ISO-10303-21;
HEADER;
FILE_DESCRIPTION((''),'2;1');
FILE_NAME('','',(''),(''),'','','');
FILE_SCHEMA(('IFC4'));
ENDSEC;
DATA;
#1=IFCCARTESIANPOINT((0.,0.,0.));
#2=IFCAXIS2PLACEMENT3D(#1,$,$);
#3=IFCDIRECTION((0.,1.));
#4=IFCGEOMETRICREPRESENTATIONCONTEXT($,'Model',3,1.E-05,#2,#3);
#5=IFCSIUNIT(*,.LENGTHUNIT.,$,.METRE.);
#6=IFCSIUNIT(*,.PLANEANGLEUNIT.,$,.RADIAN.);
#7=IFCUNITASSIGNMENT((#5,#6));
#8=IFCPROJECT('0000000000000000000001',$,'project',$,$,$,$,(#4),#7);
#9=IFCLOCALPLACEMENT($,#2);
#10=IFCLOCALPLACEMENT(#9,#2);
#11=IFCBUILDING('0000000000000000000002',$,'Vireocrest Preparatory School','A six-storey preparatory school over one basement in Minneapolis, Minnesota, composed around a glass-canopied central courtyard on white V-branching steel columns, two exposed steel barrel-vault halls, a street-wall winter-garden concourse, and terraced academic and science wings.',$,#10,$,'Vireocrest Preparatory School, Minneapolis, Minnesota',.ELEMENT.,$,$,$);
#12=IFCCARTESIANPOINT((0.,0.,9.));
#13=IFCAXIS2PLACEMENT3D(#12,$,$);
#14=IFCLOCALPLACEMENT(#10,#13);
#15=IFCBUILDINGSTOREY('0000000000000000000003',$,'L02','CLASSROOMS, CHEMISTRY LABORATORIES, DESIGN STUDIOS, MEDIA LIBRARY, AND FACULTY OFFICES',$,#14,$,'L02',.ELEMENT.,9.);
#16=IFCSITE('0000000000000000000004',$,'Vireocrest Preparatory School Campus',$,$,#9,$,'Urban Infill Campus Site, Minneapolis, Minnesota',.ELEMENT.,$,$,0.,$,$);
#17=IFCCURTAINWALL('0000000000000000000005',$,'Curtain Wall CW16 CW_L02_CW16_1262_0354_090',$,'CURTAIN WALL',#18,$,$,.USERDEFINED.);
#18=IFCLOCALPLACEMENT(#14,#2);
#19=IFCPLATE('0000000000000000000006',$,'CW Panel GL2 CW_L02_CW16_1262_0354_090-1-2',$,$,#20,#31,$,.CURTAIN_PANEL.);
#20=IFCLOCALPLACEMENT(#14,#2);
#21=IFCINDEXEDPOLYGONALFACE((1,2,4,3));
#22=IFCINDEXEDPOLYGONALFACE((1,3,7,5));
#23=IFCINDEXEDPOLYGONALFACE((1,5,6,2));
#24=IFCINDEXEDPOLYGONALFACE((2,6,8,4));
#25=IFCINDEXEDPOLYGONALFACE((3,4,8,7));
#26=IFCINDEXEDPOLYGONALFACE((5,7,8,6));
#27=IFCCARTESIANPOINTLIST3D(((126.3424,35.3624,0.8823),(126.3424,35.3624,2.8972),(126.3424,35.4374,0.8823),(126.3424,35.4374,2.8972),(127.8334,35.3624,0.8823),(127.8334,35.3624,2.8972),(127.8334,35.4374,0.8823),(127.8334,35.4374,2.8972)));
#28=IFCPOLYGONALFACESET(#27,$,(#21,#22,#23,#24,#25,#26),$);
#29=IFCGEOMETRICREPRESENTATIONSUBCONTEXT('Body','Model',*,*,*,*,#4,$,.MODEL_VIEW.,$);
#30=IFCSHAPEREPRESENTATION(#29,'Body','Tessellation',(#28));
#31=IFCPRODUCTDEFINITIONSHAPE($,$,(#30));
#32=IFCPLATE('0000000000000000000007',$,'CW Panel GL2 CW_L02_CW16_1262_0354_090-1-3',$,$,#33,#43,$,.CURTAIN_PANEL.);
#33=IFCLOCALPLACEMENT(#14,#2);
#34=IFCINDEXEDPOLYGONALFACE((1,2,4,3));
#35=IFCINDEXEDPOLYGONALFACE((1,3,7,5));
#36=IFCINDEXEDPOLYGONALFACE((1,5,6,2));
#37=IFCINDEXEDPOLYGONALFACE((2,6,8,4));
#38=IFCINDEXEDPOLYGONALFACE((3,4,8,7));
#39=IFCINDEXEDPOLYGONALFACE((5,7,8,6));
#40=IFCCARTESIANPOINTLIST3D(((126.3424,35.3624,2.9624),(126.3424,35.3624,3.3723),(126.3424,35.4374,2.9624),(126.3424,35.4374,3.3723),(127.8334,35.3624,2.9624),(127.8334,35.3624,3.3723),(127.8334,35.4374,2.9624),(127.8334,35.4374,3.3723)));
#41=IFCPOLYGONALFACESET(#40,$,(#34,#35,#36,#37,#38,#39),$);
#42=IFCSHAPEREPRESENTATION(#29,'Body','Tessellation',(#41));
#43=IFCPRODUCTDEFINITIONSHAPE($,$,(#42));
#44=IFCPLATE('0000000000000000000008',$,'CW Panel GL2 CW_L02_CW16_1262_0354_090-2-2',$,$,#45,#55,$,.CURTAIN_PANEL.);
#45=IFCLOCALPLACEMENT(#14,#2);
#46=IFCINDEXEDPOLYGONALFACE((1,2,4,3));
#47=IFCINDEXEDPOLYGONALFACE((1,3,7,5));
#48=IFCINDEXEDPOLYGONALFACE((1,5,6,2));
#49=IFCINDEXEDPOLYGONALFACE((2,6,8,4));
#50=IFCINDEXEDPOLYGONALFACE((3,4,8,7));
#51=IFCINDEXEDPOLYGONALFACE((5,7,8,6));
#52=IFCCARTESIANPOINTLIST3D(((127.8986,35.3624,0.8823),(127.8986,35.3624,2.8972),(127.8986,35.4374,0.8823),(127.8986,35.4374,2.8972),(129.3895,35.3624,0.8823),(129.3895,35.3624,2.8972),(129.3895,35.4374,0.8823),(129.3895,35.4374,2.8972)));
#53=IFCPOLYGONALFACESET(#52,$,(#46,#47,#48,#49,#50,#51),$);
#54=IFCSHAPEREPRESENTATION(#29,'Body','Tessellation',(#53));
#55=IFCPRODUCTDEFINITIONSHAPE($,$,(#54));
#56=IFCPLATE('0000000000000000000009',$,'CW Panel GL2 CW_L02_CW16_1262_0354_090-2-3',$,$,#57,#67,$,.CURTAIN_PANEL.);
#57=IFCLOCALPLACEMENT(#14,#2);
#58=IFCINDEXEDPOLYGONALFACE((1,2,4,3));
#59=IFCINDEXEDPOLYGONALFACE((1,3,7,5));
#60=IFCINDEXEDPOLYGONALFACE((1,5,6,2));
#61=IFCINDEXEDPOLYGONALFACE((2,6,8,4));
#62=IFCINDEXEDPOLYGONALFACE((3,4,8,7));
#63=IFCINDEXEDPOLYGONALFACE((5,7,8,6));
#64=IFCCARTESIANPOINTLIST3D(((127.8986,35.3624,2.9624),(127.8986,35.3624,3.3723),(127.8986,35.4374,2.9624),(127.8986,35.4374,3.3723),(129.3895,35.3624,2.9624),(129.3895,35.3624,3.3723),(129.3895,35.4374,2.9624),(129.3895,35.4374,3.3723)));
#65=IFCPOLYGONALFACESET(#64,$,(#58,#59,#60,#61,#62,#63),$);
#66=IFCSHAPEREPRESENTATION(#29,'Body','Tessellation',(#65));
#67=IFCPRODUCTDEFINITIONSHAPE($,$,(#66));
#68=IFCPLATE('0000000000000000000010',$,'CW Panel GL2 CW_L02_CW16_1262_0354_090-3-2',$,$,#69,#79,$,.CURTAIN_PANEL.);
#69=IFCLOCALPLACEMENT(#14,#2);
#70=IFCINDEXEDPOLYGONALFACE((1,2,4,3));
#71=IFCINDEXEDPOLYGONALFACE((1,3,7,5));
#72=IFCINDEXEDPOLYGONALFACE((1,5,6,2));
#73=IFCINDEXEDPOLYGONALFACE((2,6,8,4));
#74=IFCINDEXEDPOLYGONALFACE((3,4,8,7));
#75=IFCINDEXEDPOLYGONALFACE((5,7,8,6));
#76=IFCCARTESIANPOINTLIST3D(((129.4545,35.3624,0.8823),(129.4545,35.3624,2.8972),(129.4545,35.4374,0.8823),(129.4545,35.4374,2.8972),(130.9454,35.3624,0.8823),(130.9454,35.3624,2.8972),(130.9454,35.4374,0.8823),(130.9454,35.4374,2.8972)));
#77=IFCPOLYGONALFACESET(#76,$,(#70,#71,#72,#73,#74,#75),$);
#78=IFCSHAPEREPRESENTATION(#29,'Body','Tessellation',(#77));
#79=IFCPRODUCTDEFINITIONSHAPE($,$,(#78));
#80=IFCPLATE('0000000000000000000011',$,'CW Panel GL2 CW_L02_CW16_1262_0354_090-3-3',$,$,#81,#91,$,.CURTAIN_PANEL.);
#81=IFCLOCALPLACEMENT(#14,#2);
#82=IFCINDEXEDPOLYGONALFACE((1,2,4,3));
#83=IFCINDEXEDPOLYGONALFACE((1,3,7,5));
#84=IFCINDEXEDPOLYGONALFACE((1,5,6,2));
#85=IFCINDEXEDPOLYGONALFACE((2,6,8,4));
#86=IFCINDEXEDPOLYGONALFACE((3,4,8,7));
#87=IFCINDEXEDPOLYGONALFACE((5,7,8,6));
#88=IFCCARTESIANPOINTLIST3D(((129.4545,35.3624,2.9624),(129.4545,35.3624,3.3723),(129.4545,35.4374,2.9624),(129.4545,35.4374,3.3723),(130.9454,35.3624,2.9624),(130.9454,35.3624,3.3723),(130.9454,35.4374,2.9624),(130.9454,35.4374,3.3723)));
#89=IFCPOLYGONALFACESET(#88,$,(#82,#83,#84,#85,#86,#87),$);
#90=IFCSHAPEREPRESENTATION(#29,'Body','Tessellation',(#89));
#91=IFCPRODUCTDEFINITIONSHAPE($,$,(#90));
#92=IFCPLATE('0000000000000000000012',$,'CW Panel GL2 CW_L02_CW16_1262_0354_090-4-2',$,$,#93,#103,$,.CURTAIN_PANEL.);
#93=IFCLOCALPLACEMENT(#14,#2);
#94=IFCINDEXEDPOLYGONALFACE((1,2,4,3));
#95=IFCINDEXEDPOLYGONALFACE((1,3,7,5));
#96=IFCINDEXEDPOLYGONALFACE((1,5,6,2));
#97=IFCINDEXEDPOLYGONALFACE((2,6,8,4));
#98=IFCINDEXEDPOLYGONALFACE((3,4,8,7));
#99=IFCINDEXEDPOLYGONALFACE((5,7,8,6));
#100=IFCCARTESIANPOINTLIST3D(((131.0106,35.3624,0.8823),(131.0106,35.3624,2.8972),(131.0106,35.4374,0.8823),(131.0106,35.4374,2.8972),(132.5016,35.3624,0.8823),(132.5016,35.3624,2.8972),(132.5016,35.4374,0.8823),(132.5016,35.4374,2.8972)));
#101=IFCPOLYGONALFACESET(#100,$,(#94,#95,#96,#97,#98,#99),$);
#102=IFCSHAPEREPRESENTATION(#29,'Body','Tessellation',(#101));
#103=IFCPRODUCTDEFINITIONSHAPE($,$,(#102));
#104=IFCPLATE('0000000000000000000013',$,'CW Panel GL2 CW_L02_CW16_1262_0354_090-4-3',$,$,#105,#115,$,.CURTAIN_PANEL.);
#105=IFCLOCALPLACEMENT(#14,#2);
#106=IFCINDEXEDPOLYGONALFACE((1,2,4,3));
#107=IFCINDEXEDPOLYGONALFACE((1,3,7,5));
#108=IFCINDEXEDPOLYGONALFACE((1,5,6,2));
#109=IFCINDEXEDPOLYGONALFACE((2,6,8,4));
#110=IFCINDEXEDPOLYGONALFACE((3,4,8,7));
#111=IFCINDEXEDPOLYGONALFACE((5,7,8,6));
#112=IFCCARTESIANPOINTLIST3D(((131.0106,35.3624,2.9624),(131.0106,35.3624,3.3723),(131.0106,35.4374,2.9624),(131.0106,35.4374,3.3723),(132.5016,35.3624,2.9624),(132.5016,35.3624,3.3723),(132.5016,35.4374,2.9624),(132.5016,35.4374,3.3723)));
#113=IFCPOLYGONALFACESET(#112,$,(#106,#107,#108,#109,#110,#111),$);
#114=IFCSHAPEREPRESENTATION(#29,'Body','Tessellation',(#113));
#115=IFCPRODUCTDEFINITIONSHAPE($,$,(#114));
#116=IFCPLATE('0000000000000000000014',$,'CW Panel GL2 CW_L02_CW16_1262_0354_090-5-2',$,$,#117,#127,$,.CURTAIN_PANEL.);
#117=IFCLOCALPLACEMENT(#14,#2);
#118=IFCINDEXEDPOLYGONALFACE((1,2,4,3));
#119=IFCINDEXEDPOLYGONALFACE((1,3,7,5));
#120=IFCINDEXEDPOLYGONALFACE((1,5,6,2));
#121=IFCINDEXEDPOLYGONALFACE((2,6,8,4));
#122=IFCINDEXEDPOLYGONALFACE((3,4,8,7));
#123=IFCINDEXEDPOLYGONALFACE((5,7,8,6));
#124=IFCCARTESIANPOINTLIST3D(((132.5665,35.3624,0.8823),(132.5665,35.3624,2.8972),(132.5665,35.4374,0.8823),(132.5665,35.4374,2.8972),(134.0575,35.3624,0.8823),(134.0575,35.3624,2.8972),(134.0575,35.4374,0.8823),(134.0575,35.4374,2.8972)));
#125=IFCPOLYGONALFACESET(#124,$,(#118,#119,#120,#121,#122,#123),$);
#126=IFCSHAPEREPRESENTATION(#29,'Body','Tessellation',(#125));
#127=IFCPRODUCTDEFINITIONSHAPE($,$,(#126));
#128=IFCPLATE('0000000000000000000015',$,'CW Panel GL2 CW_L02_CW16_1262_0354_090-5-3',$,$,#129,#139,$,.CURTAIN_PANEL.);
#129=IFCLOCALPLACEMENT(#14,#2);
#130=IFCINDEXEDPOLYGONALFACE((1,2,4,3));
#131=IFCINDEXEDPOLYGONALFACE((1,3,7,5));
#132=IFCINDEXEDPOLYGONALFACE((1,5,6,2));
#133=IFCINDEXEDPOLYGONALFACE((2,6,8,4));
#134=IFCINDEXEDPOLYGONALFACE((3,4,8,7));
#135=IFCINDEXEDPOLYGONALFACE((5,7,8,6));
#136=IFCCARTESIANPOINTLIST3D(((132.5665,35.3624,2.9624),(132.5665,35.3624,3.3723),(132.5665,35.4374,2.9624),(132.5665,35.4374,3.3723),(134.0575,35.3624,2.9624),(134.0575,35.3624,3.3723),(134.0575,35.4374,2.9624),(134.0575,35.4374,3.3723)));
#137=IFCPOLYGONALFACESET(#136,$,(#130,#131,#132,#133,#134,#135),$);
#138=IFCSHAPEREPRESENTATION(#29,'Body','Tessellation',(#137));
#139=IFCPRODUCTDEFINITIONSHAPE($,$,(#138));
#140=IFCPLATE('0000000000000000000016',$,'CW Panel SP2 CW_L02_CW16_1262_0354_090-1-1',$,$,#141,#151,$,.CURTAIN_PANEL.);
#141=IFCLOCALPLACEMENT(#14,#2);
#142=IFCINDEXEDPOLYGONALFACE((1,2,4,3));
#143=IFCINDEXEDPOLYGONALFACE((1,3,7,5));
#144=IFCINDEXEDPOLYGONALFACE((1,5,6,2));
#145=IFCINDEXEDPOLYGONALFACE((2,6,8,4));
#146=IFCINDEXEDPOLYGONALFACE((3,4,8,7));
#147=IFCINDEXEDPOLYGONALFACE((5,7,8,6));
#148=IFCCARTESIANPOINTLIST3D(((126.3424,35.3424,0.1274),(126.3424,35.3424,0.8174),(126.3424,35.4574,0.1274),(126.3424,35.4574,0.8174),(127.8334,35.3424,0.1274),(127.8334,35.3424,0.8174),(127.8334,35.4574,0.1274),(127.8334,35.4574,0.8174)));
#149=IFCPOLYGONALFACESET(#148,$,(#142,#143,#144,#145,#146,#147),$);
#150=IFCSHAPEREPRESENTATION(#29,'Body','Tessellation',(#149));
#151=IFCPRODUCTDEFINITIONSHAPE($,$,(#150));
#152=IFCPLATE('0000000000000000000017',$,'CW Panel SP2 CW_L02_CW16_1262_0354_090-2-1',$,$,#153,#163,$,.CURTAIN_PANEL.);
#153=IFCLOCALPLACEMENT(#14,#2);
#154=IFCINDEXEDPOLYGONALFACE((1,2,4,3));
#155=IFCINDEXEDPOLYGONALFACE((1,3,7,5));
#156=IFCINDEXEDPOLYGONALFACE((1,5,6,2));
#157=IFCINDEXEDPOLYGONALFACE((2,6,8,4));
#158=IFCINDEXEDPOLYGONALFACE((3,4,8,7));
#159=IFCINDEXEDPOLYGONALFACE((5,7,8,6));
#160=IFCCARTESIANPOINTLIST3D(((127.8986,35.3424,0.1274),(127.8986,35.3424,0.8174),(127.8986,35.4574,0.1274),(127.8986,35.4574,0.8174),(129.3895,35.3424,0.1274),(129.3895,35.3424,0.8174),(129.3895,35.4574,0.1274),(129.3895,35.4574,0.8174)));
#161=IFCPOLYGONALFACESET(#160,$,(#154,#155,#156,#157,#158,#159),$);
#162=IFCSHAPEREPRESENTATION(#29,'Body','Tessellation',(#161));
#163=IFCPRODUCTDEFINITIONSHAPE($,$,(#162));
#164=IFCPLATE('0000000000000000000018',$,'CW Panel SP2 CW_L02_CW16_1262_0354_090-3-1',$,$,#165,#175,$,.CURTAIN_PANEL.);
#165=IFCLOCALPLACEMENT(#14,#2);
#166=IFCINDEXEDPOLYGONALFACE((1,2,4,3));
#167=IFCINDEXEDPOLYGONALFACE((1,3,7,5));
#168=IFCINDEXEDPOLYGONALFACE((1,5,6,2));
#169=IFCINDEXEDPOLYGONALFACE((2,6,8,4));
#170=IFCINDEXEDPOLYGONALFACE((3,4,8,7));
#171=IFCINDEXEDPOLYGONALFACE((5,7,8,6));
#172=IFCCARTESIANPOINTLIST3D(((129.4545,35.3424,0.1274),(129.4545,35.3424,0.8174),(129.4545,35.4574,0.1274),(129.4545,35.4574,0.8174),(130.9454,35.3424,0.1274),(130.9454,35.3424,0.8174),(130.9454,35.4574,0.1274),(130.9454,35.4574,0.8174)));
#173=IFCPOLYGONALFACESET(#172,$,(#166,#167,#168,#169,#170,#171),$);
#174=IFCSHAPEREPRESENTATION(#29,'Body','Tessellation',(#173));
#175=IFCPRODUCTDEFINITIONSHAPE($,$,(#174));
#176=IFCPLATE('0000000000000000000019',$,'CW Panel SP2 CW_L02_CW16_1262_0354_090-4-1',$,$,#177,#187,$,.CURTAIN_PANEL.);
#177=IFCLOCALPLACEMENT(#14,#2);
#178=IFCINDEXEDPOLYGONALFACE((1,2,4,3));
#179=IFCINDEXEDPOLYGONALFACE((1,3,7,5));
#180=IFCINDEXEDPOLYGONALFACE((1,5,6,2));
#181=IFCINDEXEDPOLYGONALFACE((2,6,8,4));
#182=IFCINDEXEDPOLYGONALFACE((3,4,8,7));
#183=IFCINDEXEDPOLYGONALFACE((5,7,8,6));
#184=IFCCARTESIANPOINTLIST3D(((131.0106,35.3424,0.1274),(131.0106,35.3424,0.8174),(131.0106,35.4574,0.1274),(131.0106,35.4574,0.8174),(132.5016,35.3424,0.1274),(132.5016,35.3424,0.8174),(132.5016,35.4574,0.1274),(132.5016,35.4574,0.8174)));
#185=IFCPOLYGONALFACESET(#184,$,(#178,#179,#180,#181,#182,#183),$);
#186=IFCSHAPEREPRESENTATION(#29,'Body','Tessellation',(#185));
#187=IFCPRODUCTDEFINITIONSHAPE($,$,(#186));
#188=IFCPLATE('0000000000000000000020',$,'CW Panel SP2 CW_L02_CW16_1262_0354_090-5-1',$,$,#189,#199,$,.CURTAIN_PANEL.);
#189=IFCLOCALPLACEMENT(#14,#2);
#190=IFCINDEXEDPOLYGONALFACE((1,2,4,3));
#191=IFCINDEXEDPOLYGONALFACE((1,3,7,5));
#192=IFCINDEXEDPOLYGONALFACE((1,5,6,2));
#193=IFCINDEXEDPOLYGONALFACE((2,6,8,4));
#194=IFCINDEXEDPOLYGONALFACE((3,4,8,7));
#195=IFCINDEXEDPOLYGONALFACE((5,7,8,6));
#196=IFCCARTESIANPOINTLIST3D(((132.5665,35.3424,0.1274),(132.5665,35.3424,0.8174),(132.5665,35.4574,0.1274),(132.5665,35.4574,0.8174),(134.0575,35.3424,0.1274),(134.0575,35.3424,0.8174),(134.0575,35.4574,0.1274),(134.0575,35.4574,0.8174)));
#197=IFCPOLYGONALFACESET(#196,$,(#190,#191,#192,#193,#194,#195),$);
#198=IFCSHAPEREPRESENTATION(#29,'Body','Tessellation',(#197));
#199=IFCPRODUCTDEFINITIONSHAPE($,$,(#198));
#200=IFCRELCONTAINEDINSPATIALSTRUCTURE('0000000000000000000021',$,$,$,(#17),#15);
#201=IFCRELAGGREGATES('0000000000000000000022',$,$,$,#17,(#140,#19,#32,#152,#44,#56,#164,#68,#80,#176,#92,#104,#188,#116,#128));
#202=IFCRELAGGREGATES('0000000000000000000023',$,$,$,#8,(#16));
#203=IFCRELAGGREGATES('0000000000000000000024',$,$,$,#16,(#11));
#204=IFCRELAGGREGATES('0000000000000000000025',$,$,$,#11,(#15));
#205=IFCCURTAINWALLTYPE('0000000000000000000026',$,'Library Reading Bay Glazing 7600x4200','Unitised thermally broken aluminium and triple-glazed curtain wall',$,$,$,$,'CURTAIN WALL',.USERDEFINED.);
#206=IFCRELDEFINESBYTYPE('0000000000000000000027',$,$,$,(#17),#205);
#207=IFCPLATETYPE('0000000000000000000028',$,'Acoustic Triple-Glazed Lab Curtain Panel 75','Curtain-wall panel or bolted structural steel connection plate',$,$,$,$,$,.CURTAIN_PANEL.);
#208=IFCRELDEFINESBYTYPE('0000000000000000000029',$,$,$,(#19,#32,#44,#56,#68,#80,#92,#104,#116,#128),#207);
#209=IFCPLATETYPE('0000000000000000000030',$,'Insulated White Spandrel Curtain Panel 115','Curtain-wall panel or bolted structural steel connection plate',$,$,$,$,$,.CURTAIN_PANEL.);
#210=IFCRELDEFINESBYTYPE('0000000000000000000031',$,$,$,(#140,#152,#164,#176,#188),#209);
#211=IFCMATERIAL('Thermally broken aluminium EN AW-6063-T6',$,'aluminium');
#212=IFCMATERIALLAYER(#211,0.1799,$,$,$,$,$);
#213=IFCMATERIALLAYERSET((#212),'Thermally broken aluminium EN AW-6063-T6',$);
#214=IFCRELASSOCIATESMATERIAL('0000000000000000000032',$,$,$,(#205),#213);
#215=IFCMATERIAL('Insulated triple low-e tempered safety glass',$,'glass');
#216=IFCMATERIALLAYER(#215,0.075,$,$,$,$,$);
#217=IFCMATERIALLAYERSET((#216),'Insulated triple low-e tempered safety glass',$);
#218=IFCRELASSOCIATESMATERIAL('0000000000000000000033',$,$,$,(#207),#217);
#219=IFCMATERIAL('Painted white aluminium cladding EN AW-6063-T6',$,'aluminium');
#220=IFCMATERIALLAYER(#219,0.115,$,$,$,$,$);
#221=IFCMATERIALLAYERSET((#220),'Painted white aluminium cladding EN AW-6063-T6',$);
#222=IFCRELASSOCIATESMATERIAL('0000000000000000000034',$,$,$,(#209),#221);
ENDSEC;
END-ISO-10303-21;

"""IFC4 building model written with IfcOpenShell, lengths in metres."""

from ifc_helpers import new_model, si_unit, direction, frame, origin, origin_2d, place, context, subcontext, project, spatial, rectangle, extrude, material, layer, layer_set, type_object, element, aggregate, save


model = new_model("IFC4")

# Units and contexts
model_context = context("Model", 3, precision=1e-05, world=origin(), true_north=direction((0.0, 1.0)))
body_context = subcontext(model_context, "Body", "Model", "MODEL_VIEW")
ifc_project = project(units=[si_unit("LENGTHUNIT", "METRE"), si_unit("PLANEANGLEUNIT", "RADIAN")], contexts=[model_context])

# Site, building, storey
site_placement = place(None, origin())
site = spatial("IfcSite", under=ifc_project, at=site_placement, Name="Vireocrest Preparatory School Campus", LongName="Urban Infill Campus Site, Minneapolis, Minnesota", CompositionType="ELEMENT", RefElevation=0.0)
building_placement = place(site_placement, origin())
building = spatial("IfcBuilding", under=site, at=building_placement, Name="Vireocrest Preparatory School", Description="A six-storey preparatory school over one basement in Minneapolis, Minnesota, composed around a glass-canopied central courtyard on white V-branching steel columns, two exposed steel barrel-vault halls, a street-wall winter-garden concourse, and terraced academic and science wings.", LongName="Vireocrest Preparatory School, Minneapolis, Minnesota", CompositionType="ELEMENT")
storey_placement = place(building_placement, frame((0.0, 0.0, 9.0)))
storey = spatial("IfcBuildingStorey", under=building, at=storey_placement, Name="L02", Description="CLASSROOMS, CHEMISTRY LABORATORIES, DESIGN STUDIOS, MEDIA LIBRARY, AND FACULTY OFFICES", LongName="L02", CompositionType="ELEMENT", Elevation=9.0)

# Curtain wall
ifc_material_1 = material(Name="Thermally broken aluminium EN AW-6063-T6", Category="aluminium")
ifc_layer_1 = layer(ifc_material_1, 0.1799)
ifc_layer_set_1 = layer_set([ifc_layer_1], Name="Thermally broken aluminium EN AW-6063-T6")
curtain_wall_type = type_object("IfcCurtainWallType", Name="Library Reading Bay Glazing 7600x4200", Description="Unitised thermally broken aluminium and triple-glazed curtain wall", ElementType="CURTAIN WALL", PredefinedType="USERDEFINED", material=ifc_layer_set_1)
curtain_wall_placement = place(storey_placement, origin())
curtain_wall = element("IfcCurtainWall", 1, at=curtain_wall_placement, inside=storey, type_object=curtain_wall_type, Name="Curtain Wall CW16 CW_L02_CW16_1262_0354_090", ObjectType="CURTAIN WALL", PredefinedType="USERDEFINED")

# Plates
ifc_material_2 = material(Name="Insulated triple low-e tempered safety glass", Category="glass")
ifc_layer_2 = layer(ifc_material_2, 0.075)
ifc_layer_set_2 = layer_set([ifc_layer_2], Name="Insulated triple low-e tempered safety glass")
plate_type_1 = type_object("IfcPlateType", Name="Acoustic Triple-Glazed Lab Curtain Panel 75", Description="Curtain-wall panel or bolted structural steel connection plate", PredefinedType="CURTAIN_PANEL", material=ifc_layer_set_2)
plate_1_placement = place(storey_placement, frame((127.0879, 35.3999, 0.8823), z_axis=(0.0, 0.0, 1.0), x_axis=(1.0, 0.0, 0.0)))
plate_1 = element("IfcPlate", 2, at=plate_1_placement, type_object=plate_type_1, Name="CW Panel GL2 CW_L02_CW16_1262_0354_090-1-2", PredefinedType="CURTAIN_PANEL", context=body_context, shape_type="SweptSolid", body=[
    extrude(rectangle(XDim=1.491, YDim=0.075, at=origin_2d()), origin(), (0.0, 0.0, 1.0), 2.0149),
])
plate_2_placement = place(storey_placement, frame((127.0879, 35.3999, 2.9624), z_axis=(0.0, 0.0, 1.0), x_axis=(1.0, 0.0, 0.0)))
plate_2 = element("IfcPlate", 3, at=plate_2_placement, type_object=plate_type_1, Name="CW Panel GL2 CW_L02_CW16_1262_0354_090-1-3", PredefinedType="CURTAIN_PANEL", context=body_context, shape_type="SweptSolid", body=[
    extrude(rectangle(XDim=1.491, YDim=0.075, at=origin_2d()), origin(), (0.0, 0.0, 1.0), 0.4099),
])
plate_3_placement = place(storey_placement, frame((128.644, 35.3999, 0.8823), z_axis=(0.0, 0.0, 1.0), x_axis=(1.0, 0.0, 0.0)))
plate_3 = element("IfcPlate", 4, at=plate_3_placement, type_object=plate_type_1, Name="CW Panel GL2 CW_L02_CW16_1262_0354_090-2-2", PredefinedType="CURTAIN_PANEL", context=body_context, shape_type="SweptSolid", body=[
    extrude(rectangle(XDim=1.491, YDim=0.075, at=origin_2d()), origin(), (0.0, 0.0, 1.0), 2.0149),
])
plate_4_placement = place(storey_placement, frame((128.644, 35.3999, 2.9624), z_axis=(0.0, 0.0, 1.0), x_axis=(1.0, 0.0, 0.0)))
plate_4 = element("IfcPlate", 5, at=plate_4_placement, type_object=plate_type_1, Name="CW Panel GL2 CW_L02_CW16_1262_0354_090-2-3", PredefinedType="CURTAIN_PANEL", context=body_context, shape_type="SweptSolid", body=[
    extrude(rectangle(XDim=1.491, YDim=0.075, at=origin_2d()), origin(), (0.0, 0.0, 1.0), 0.4099),
])
plate_5_placement = place(storey_placement, frame((130.2, 35.3999, 0.8823), z_axis=(0.0, 0.0, 1.0), x_axis=(1.0, 0.0, 0.0)))
plate_5 = element("IfcPlate", 6, at=plate_5_placement, type_object=plate_type_1, Name="CW Panel GL2 CW_L02_CW16_1262_0354_090-3-2", PredefinedType="CURTAIN_PANEL", context=body_context, shape_type="SweptSolid", body=[
    extrude(rectangle(XDim=1.491, YDim=0.075, at=origin_2d()), origin(), (0.0, 0.0, 1.0), 2.0149),
])
plate_6_placement = place(storey_placement, frame((130.2, 35.3999, 2.9624), z_axis=(0.0, 0.0, 1.0), x_axis=(1.0, 0.0, 0.0)))
plate_6 = element("IfcPlate", 7, at=plate_6_placement, type_object=plate_type_1, Name="CW Panel GL2 CW_L02_CW16_1262_0354_090-3-3", PredefinedType="CURTAIN_PANEL", context=body_context, shape_type="SweptSolid", body=[
    extrude(rectangle(XDim=1.491, YDim=0.075, at=origin_2d()), origin(), (0.0, 0.0, 1.0), 0.4099),
])
plate_7_placement = place(storey_placement, frame((131.7561, 35.3999, 0.8823), z_axis=(0.0, 0.0, 1.0), x_axis=(1.0, 0.0, 0.0)))
plate_7 = element("IfcPlate", 8, at=plate_7_placement, type_object=plate_type_1, Name="CW Panel GL2 CW_L02_CW16_1262_0354_090-4-2", PredefinedType="CURTAIN_PANEL", context=body_context, shape_type="SweptSolid", body=[
    extrude(rectangle(XDim=1.491, YDim=0.075, at=origin_2d()), origin(), (0.0, 0.0, 1.0), 2.0149),
])
plate_8_placement = place(storey_placement, frame((131.7561, 35.3999, 2.9624), z_axis=(0.0, 0.0, 1.0), x_axis=(1.0, 0.0, 0.0)))
plate_8 = element("IfcPlate", 9, at=plate_8_placement, type_object=plate_type_1, Name="CW Panel GL2 CW_L02_CW16_1262_0354_090-4-3", PredefinedType="CURTAIN_PANEL", context=body_context, shape_type="SweptSolid", body=[
    extrude(rectangle(XDim=1.491, YDim=0.075, at=origin_2d()), origin(), (0.0, 0.0, 1.0), 0.4099),
])
plate_9_placement = place(storey_placement, frame((133.312, 35.3999, 0.8823), z_axis=(0.0, 0.0, 1.0), x_axis=(1.0, 0.0, 0.0)))
plate_9 = element("IfcPlate", 10, at=plate_9_placement, type_object=plate_type_1, Name="CW Panel GL2 CW_L02_CW16_1262_0354_090-5-2", PredefinedType="CURTAIN_PANEL", context=body_context, shape_type="SweptSolid", body=[
    extrude(rectangle(XDim=1.491, YDim=0.075, at=origin_2d()), origin(), (0.0, 0.0, 1.0), 2.0149),
])
plate_10_placement = place(storey_placement, frame((133.312, 35.3999, 2.9624), z_axis=(0.0, 0.0, 1.0), x_axis=(1.0, 0.0, 0.0)))
plate_10 = element("IfcPlate", 11, at=plate_10_placement, type_object=plate_type_1, Name="CW Panel GL2 CW_L02_CW16_1262_0354_090-5-3", PredefinedType="CURTAIN_PANEL", context=body_context, shape_type="SweptSolid", body=[
    extrude(rectangle(XDim=1.491, YDim=0.075, at=origin_2d()), origin(), (0.0, 0.0, 1.0), 0.4099),
])
ifc_material_3 = material(Name="Painted white aluminium cladding EN AW-6063-T6", Category="aluminium")
ifc_layer_3 = layer(ifc_material_3, 0.115)
ifc_layer_set_3 = layer_set([ifc_layer_3], Name="Painted white aluminium cladding EN AW-6063-T6")
plate_type_2 = type_object("IfcPlateType", Name="Insulated White Spandrel Curtain Panel 115", Description="Curtain-wall panel or bolted structural steel connection plate", PredefinedType="CURTAIN_PANEL", material=ifc_layer_set_3)
plate_11_placement = place(storey_placement, frame((127.0879, 35.3999, 0.1274), z_axis=(0.0, 0.0, 1.0), x_axis=(1.0, 0.0, 0.0)))
plate_11 = element("IfcPlate", 12, at=plate_11_placement, type_object=plate_type_2, Name="CW Panel SP2 CW_L02_CW16_1262_0354_090-1-1", PredefinedType="CURTAIN_PANEL", context=body_context, shape_type="SweptSolid", body=[
    extrude(rectangle(XDim=1.491, YDim=0.115, at=origin_2d()), origin(), (0.0, 0.0, 1.0), 0.6899),
])
plate_12_placement = place(storey_placement, frame((128.644, 35.3999, 0.1274), z_axis=(0.0, 0.0, 1.0), x_axis=(1.0, 0.0, 0.0)))
plate_12 = element("IfcPlate", 13, at=plate_12_placement, type_object=plate_type_2, Name="CW Panel SP2 CW_L02_CW16_1262_0354_090-2-1", PredefinedType="CURTAIN_PANEL", context=body_context, shape_type="SweptSolid", body=[
    extrude(rectangle(XDim=1.491, YDim=0.115, at=origin_2d()), origin(), (0.0, 0.0, 1.0), 0.6899),
])
plate_13_placement = place(storey_placement, frame((130.2, 35.3999, 0.1274), z_axis=(0.0, 0.0, 1.0), x_axis=(1.0, 0.0, 0.0)))
plate_13 = element("IfcPlate", 14, at=plate_13_placement, type_object=plate_type_2, Name="CW Panel SP2 CW_L02_CW16_1262_0354_090-3-1", PredefinedType="CURTAIN_PANEL", context=body_context, shape_type="SweptSolid", body=[
    extrude(rectangle(XDim=1.491, YDim=0.115, at=origin_2d()), origin(), (0.0, 0.0, 1.0), 0.6899),
])
plate_14_placement = place(storey_placement, frame((131.7561, 35.3999, 0.1274), z_axis=(0.0, 0.0, 1.0), x_axis=(1.0, 0.0, 0.0)))
plate_14 = element("IfcPlate", 15, at=plate_14_placement, type_object=plate_type_2, Name="CW Panel SP2 CW_L02_CW16_1262_0354_090-4-1", PredefinedType="CURTAIN_PANEL", context=body_context, shape_type="SweptSolid", body=[
    extrude(rectangle(XDim=1.491, YDim=0.115, at=origin_2d()), origin(), (0.0, 0.0, 1.0), 0.6899),
])
plate_15_placement = place(storey_placement, frame((133.312, 35.3999, 0.1274), z_axis=(0.0, 0.0, 1.0), x_axis=(1.0, 0.0, 0.0)))
plate_15 = element("IfcPlate", 16, at=plate_15_placement, type_object=plate_type_2, Name="CW Panel SP2 CW_L02_CW16_1262_0354_090-5-1", PredefinedType="CURTAIN_PANEL", context=body_context, shape_type="SweptSolid", body=[
    extrude(rectangle(XDim=1.491, YDim=0.115, at=origin_2d()), origin(), (0.0, 0.0, 1.0), 0.6899),
])
aggregate(curtain_wall, [plate_11, plate_1, plate_2, plate_12, plate_3, plate_4, plate_13, plate_5, plate_6, plate_14, plate_7, plate_8, plate_15, plate_9, plate_10])

save(model, "model.ifc")
